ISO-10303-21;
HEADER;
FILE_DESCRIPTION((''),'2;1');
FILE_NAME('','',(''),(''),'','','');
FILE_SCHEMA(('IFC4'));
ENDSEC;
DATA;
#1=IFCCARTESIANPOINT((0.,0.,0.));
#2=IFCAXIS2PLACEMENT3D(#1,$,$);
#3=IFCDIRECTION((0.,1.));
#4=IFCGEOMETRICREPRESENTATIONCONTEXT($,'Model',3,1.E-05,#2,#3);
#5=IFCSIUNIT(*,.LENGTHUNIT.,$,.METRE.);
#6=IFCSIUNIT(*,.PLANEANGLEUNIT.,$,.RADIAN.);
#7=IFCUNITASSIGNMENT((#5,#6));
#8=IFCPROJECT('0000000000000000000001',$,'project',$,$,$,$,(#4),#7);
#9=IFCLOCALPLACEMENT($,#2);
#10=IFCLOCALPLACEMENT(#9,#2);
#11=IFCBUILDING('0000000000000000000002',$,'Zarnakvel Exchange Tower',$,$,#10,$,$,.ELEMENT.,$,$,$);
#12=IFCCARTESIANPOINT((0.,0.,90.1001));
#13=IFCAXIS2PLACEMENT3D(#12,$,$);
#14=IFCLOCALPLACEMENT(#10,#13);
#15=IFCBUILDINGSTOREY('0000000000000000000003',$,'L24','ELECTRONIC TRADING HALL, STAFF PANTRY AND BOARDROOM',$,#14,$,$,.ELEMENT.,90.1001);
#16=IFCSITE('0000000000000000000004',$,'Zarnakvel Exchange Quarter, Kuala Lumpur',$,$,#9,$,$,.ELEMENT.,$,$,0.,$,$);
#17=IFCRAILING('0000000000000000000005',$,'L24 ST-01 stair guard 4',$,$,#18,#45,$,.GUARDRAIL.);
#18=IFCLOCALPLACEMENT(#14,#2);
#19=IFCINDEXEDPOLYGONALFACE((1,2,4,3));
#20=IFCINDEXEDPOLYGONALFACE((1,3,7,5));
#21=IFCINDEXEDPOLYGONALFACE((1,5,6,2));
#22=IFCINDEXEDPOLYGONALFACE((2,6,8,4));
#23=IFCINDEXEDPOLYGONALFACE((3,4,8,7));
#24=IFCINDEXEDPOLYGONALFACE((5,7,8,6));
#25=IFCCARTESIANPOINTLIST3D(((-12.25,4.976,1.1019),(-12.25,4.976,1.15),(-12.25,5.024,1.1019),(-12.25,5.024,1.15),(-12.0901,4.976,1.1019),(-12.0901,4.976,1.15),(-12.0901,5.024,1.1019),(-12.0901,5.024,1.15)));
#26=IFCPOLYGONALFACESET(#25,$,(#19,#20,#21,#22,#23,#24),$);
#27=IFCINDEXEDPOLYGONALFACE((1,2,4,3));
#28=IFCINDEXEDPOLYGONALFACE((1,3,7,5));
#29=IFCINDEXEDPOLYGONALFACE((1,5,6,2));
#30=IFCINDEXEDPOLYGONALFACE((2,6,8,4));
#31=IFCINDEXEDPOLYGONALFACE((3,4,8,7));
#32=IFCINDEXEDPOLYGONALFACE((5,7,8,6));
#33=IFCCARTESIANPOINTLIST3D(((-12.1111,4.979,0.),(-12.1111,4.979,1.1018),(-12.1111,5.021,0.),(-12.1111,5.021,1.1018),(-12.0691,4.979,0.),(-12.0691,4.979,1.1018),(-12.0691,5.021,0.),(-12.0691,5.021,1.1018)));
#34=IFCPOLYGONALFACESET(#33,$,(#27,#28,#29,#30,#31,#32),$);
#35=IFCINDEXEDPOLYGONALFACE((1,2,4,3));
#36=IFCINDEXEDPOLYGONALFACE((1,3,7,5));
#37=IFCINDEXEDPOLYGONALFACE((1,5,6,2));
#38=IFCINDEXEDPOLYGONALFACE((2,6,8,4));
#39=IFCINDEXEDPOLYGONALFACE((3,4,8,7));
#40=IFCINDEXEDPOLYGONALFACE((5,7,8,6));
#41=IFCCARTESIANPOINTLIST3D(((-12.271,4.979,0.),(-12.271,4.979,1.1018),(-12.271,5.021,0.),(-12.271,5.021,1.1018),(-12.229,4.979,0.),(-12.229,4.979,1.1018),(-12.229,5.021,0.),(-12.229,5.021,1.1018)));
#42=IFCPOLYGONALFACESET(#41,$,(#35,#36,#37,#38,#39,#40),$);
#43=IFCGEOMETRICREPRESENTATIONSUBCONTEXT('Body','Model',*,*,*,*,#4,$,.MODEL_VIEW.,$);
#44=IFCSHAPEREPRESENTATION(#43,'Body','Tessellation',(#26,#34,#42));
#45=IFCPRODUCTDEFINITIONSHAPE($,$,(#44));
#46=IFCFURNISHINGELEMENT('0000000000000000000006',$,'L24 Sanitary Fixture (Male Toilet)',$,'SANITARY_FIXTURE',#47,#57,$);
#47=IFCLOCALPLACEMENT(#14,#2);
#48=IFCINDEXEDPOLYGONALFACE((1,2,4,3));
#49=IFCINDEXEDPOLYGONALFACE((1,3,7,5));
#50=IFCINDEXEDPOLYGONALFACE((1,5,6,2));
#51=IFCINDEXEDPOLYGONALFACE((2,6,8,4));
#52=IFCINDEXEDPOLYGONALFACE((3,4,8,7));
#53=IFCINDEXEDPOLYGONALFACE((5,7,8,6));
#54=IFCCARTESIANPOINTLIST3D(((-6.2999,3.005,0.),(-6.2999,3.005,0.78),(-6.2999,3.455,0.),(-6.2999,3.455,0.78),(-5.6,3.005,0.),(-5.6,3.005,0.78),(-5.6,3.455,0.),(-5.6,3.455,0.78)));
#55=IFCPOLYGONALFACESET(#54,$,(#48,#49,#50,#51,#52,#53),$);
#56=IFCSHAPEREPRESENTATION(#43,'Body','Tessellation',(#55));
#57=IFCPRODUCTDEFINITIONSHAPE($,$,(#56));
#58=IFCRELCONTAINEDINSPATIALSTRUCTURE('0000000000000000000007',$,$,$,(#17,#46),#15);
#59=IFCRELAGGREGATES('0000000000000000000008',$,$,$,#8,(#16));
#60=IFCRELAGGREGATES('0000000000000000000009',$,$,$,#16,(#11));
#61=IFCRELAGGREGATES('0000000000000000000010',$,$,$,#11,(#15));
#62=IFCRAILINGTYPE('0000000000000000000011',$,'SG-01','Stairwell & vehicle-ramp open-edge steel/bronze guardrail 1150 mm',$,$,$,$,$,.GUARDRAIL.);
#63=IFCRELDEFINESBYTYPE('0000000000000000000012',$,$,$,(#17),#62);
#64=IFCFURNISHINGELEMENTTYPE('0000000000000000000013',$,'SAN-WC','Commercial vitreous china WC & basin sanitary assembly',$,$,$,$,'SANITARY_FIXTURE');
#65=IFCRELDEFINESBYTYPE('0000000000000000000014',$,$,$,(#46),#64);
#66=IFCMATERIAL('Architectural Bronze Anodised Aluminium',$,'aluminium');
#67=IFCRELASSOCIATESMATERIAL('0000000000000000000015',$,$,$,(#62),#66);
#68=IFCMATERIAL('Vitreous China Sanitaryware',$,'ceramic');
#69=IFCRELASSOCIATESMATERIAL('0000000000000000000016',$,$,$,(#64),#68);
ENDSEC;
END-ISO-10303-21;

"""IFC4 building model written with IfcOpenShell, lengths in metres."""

from ifc_helpers import new_model, si_unit, direction, frame, origin, origin_2d, place, context, subcontext, project, spatial, rectangle, extrude, source, transform, mapped, material, type_object, element, save


model = new_model("IFC4")

# Units and contexts
model_context = context("Model", 3, precision=1e-05, world=origin(), true_north=direction((0.0, 1.0)))
body_context = subcontext(model_context, "Body", "Model", "MODEL_VIEW")
ifc_project = project(units=[si_unit("LENGTHUNIT", "METRE"), si_unit("PLANEANGLEUNIT", "RADIAN")], contexts=[model_context])

# Site, building, storey
site_placement = place(None, origin())
site = spatial("IfcSite", under=ifc_project, at=site_placement, Name="Zarnakvel Exchange Quarter, Kuala Lumpur", CompositionType="ELEMENT", RefElevation=0.0)
building_placement = place(site_placement, origin())
building = spatial("IfcBuilding", under=site, at=building_placement, Name="Zarnakvel Exchange Tower", CompositionType="ELEMENT")
storey_placement = place(building_placement, frame((0.0, 0.0, 90.1001)))
storey = spatial("IfcBuildingStorey", under=building, at=storey_placement, Name="L24", Description="ELECTRONIC TRADING HALL, STAFF PANTRY AND BOARDROOM", CompositionType="ELEMENT", Elevation=90.1001)

# Shared definitions
ifc_material_1 = material(Name="Architectural Bronze Anodised Aluminium", Category="aluminium")

# Railing
railing_type_1 = type_object("IfcRailingType", Name="SG-01", Description="Stairwell & vehicle-ramp open-edge steel/bronze guardrail 1150 mm", PredefinedType="GUARDRAIL", material=ifc_material_1)
railing_1_placement = place(storey_placement, frame((-12.0901, 5.0, 0.0)))
element("IfcRailing", 1, at=railing_1_placement, inside=storey, type_object=railing_type_1, Name="L24 ST-01 stair guard 4", PredefinedType="GUARDRAIL", context=body_context, shape_type="SweptSolid", body=[
    extrude(rectangle(XDim=0.0481, YDim=0.0481, at=origin_2d()), frame((0.0, 0.0, 1.126), z_axis=(-1.0, 0.0, 0.0), x_axis=(0.0, -1.0, 0.0)), (0.0, 0.0, 1.0), 0.1599),
    extrude(rectangle(XDim=0.042, YDim=0.042, at=origin_2d()), origin(), (0.0, 0.0, 1.0), 1.1018),
    extrude(rectangle(XDim=0.042, YDim=0.042, at=origin_2d()), frame((-0.1599, 0.0, 0.0)), (0.0, 0.0, 1.0), 1.1018),
])

# Furnishing element
ifc_material_2 = material(Name="Vitreous China Sanitaryware", Category="ceramic")
furnishing_element_type = type_object("IfcFurnishingElementType", Name="SAN-WC", Description="Commercial vitreous china WC & basin sanitary assembly", ElementType="SANITARY_FIXTURE", material=ifc_material_2)
shared_shape_1 = source(origin(), body_context, "Body", "SweptSolid", [
    extrude(rectangle(XDim=0.7, YDim=0.45, at=origin_2d()), origin(), (0.0, 0.0, 1.0), 0.78),
])
furnishing_placement = place(storey_placement, frame((-5.95, 3.23, 0.0), z_axis=(0.0, 0.0, 1.0), x_axis=(1.0, 0.0, 0.0)))
element("IfcFurnishingElement", 2, at=furnishing_placement, inside=storey, type_object=furnishing_element_type, Name="L24 Sanitary Fixture (Male Toilet)", ObjectType="SANITARY_FIXTURE", context=body_context, shape_type="MappedRepresentation", body=[
    mapped(shared_shape_1, transform((0.0, 0.0, 0.0), x_axis=(1.0, 0.0, 0.0), y_axis=(0.0, 1.0, 0.0), z_axis=(0.0, 0.0, 1.0), scale=1.0)),
])

save(model, "model.ifc")
